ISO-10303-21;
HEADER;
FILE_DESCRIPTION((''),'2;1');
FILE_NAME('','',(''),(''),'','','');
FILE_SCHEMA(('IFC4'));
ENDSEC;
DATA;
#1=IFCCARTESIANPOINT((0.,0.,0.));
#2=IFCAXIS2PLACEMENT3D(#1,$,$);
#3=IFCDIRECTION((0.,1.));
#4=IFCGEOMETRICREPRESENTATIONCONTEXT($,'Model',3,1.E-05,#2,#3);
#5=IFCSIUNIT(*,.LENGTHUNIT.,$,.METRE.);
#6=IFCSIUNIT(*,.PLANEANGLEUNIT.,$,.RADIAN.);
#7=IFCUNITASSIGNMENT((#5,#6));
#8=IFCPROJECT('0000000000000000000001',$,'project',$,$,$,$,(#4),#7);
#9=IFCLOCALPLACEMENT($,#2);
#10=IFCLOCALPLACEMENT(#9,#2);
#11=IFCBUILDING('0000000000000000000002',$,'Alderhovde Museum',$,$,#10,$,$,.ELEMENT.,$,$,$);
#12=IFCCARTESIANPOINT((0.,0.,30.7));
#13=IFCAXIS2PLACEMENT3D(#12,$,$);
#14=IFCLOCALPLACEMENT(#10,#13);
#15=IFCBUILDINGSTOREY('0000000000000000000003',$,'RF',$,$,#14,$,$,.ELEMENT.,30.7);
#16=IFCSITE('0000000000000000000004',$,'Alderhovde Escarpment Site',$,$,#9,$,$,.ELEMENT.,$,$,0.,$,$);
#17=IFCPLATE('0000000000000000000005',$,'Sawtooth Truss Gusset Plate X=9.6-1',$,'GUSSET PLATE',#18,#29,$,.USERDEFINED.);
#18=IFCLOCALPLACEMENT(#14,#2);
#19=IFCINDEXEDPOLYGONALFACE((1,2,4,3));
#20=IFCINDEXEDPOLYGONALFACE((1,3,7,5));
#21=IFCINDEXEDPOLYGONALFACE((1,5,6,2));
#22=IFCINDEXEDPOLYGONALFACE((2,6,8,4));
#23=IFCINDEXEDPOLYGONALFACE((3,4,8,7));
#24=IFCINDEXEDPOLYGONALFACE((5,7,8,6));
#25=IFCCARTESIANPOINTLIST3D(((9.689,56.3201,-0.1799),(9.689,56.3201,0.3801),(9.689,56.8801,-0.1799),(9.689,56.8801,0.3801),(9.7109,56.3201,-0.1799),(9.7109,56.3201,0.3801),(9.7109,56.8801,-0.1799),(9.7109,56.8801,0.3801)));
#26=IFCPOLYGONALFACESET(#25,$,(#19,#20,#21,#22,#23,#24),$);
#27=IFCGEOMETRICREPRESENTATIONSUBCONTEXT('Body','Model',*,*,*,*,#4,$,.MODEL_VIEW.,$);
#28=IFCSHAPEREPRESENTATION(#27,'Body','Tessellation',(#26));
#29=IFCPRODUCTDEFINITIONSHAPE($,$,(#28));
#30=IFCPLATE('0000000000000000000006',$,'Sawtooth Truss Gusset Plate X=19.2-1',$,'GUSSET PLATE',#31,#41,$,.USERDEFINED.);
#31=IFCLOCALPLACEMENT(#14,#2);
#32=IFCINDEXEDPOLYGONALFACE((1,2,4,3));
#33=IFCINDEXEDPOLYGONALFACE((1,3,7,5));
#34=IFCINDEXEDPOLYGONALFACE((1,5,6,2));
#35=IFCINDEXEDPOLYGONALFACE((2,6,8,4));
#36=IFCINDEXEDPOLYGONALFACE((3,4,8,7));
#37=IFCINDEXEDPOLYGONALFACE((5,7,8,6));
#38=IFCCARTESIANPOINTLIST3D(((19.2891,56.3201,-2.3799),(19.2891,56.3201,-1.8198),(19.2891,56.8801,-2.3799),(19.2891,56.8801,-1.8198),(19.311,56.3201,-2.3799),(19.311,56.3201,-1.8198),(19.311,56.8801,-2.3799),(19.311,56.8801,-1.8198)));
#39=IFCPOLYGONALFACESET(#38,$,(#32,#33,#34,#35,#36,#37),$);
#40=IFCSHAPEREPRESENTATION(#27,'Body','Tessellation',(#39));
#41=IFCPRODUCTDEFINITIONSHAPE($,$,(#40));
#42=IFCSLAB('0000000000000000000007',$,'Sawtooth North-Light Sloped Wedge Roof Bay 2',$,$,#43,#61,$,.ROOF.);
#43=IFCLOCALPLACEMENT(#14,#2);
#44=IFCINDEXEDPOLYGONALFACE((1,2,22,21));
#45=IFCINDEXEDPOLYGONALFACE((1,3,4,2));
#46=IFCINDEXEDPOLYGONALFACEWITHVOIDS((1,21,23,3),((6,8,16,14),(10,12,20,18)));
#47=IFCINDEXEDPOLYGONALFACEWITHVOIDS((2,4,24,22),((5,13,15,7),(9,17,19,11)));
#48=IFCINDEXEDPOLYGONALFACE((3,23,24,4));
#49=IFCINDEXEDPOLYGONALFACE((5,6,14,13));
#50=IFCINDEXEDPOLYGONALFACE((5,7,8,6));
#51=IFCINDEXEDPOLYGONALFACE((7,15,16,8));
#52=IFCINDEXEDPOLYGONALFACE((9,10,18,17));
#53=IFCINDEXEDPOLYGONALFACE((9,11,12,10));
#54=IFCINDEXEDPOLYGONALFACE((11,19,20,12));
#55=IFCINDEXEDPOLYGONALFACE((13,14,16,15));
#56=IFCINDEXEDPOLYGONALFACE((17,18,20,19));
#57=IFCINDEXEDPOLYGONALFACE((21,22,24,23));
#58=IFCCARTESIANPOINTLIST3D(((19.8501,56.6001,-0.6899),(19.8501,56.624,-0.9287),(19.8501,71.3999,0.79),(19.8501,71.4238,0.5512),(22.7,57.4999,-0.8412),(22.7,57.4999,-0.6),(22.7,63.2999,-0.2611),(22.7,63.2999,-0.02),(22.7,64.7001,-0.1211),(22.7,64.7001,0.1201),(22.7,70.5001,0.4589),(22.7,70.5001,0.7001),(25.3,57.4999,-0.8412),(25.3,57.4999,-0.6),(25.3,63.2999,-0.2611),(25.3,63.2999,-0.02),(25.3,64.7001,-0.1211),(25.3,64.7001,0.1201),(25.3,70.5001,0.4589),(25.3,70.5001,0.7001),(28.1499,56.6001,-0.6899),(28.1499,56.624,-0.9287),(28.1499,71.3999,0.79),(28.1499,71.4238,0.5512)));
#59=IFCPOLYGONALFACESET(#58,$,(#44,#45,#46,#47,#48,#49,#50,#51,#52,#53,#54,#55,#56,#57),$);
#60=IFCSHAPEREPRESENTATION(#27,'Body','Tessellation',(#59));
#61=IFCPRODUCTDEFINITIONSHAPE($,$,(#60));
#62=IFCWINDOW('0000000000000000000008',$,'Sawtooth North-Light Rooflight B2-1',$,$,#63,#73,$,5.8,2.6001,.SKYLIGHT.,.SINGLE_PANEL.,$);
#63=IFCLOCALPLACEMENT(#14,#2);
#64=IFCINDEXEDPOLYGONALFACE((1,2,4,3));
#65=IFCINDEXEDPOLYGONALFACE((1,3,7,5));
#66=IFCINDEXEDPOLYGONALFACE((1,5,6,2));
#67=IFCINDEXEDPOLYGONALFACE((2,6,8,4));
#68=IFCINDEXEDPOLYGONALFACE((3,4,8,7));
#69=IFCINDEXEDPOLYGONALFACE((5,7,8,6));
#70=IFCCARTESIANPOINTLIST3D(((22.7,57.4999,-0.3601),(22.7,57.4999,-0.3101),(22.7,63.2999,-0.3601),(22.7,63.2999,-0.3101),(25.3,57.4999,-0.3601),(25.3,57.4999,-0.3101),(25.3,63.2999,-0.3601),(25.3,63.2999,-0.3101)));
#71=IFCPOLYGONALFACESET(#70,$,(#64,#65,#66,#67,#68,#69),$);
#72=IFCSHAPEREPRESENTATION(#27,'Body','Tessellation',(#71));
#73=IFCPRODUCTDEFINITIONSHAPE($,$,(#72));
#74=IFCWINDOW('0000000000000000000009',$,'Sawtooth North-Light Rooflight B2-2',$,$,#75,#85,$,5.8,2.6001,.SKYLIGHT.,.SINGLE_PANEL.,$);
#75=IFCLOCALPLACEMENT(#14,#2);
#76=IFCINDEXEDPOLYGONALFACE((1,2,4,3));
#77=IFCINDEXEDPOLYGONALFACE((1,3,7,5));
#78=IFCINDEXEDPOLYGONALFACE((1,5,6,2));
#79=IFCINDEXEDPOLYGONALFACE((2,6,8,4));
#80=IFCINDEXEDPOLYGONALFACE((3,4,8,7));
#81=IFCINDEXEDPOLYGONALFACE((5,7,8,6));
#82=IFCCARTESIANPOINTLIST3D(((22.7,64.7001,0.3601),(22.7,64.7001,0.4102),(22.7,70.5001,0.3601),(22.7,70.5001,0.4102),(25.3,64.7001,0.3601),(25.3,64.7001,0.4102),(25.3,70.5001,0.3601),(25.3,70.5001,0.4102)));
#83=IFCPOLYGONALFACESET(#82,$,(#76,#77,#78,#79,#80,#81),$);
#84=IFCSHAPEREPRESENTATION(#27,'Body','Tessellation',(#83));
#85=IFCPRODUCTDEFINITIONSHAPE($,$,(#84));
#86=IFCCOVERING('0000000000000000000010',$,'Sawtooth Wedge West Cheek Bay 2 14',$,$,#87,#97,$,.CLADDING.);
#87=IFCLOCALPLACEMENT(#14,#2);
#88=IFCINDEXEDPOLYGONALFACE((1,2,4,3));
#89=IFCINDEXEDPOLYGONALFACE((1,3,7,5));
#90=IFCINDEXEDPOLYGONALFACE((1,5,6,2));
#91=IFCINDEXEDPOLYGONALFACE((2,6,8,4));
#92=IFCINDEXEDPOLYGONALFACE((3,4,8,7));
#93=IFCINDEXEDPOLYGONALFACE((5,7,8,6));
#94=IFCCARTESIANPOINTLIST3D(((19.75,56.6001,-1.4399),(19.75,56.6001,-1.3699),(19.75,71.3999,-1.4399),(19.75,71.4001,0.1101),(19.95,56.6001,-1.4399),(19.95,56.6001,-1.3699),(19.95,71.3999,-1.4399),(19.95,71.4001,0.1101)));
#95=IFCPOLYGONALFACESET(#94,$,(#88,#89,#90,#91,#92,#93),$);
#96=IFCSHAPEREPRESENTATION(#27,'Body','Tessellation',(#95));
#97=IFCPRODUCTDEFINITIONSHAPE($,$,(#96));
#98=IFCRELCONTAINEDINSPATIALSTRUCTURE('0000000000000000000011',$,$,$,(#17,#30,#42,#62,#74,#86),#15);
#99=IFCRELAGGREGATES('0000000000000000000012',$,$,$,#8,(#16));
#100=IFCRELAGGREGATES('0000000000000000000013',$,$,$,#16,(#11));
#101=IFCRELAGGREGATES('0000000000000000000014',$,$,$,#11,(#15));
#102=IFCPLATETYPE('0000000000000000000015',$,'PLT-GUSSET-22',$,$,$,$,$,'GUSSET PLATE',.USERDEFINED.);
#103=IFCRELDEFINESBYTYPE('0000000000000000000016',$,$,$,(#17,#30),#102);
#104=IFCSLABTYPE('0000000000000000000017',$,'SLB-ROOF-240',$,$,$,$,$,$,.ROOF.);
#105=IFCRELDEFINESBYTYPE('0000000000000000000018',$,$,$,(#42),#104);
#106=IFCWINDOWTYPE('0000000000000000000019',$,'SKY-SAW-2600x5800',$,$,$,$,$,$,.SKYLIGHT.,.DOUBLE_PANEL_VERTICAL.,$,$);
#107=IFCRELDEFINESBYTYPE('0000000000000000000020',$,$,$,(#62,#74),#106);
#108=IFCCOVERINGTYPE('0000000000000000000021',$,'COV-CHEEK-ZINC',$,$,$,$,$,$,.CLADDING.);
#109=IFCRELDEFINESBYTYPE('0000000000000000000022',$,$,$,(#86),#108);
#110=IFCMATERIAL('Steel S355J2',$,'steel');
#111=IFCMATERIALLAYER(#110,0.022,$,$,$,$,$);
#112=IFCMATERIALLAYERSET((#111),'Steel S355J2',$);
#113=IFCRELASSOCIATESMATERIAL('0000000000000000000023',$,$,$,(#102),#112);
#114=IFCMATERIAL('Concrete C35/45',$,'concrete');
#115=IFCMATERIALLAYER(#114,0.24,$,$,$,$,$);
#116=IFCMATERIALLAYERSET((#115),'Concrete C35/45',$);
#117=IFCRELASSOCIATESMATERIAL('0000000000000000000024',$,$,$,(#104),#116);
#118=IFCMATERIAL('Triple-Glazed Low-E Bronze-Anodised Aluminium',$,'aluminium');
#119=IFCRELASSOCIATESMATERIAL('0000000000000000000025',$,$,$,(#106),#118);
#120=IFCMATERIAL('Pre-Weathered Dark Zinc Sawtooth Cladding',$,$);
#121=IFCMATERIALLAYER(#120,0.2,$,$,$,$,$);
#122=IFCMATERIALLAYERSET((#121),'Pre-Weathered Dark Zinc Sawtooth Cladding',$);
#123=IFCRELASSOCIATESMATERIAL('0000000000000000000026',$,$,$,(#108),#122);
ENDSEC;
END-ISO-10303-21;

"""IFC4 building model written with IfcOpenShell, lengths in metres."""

from ifc_helpers import new_model, si_unit, direction, frame, origin, origin_2d, place, context, subcontext, project, spatial, polyline, rectangle, outline, extrude, material, layer, layer_set, type_object, element, fill, save


model = new_model("IFC4")

# Units and contexts
model_context = context("Model", 3, precision=1e-05, world=origin(), true_north=direction((0.0, 1.0)))
body_context = subcontext(model_context, "Body", "Model", "MODEL_VIEW")
ifc_project = project(units=[si_unit("LENGTHUNIT", "METRE"), si_unit("PLANEANGLEUNIT", "RADIAN")], contexts=[model_context])

# Site, building, storey
site_placement = place(None, origin())
site = spatial("IfcSite", under=ifc_project, at=site_placement, Name="Alderhovde Escarpment Site", CompositionType="ELEMENT", RefElevation=0.0)
building_placement = place(site_placement, origin())
building = spatial("IfcBuilding", under=site, at=building_placement, Name="Alderhovde Museum", CompositionType="ELEMENT")
storey_placement = place(building_placement, frame((0.0, 0.0, 30.7)))
storey = spatial("IfcBuildingStorey", under=building, at=storey_placement, Name="RF", CompositionType="ELEMENT", Elevation=30.7)

# Plates
ifc_material_1 = material(Name="Steel S355J2", Category="steel")
ifc_layer_1 = layer(ifc_material_1, 0.022)
ifc_layer_set_1 = layer_set([ifc_layer_1], Name="Steel S355J2")
plate_type = type_object("IfcPlateType", Name="PLT-GUSSET-22", ElementType="GUSSET PLATE", PredefinedType="USERDEFINED", material=ifc_layer_set_1)
for number, where, z_axis, x_axis, name in (
    (1, (9.7, 56.6001, -0.1799), (0.0, 0.0, 1.0), (1.0, 0.0, 0.0), "Sawtooth Truss Gusset Plate X=9.6-1"),
    (2, (19.3, 56.6001, -2.3799), (0.0, 0.0, 1.0), (1.0, 0.0, 0.0), "Sawtooth Truss Gusset Plate X=19.2-1"),
):
    element("IfcPlate", number, at=place(storey_placement, frame(where, z_axis=z_axis, x_axis=x_axis)), inside=storey, type_object=plate_type, Name=name, ObjectType="GUSSET PLATE", PredefinedType="USERDEFINED", context=body_context, shape_type="SweptSolid", body=[
        extrude(rectangle(XDim=0.022, YDim=0.5601, at=origin_2d()), origin(), (0.0, 0.0, 1.0), 0.5601),
    ])

# Slab, openings, windows
ifc_material_2 = material(Name="Concrete C35/45", Category="concrete")
ifc_layer_2 = layer(ifc_material_2, 0.24)
ifc_layer_set_2 = layer_set([ifc_layer_2], Name="Concrete C35/45")
slab_type = type_object("IfcSlabType", Name="SLB-ROOF-240", PredefinedType="ROOF", material=ifc_layer_set_2)
slab_placement = place(storey_placement, frame((19.8501, 56.6001, -0.6899), z_axis=(0.0, -0.099504, 0.995037), x_axis=(1.0, 0.0, 0.0)))
slab = element("IfcSlab", 3, at=slab_placement, inside=storey, type_object=slab_type, Name="Sawtooth North-Light Sloped Wedge Roof Bay 2", PredefinedType="ROOF", context=body_context, shape_type="SweptSolid", body=[
    extrude(outline(polyline([(0.0, 0.0), (8.2998, 0.0), (8.2998, 14.8736), (0.0, 14.8736), (0.0, 0.0)])), origin(), (0.0, 0.0, -1.0), 0.24),
])
opening_1_placement = place(storey_placement, frame((24.0, 60.3999, -2.05)))
opening_1 = element("IfcOpeningElement", 4, at=opening_1_placement, cuts=slab, PredefinedType="OPENING", context=body_context, shape_type="SweptSolid", body=[
    extrude(rectangle(XDim=2.6001, YDim=5.8, at=origin_2d()), origin(), (0.0, 0.0, 1.0), 3.24),
])
opening_2_placement = place(storey_placement, frame((24.0, 67.6001, -1.3298)))
opening_2 = element("IfcOpeningElement", 5, at=opening_2_placement, cuts=slab, PredefinedType="OPENING", context=body_context, shape_type="SweptSolid", body=[
    extrude(rectangle(XDim=2.6001, YDim=5.8, at=origin_2d()), origin(), (0.0, 0.0, 1.0), 3.24),
])
ifc_material_3 = material(Name="Triple-Glazed Low-E Bronze-Anodised Aluminium", Category="aluminium")
window_type = type_object("IfcWindowType", Name="SKY-SAW-2600x5800", PartitioningType="DOUBLE_PANEL_VERTICAL", PredefinedType="SKYLIGHT", material=ifc_material_3)
window_1_placement = place(opening_1_placement, frame((0.0, 0.0, 1.6899)))
window_1 = element("IfcWindow", 6, at=window_1_placement, inside=storey, type_object=window_type, Name="Sawtooth North-Light Rooflight B2-1", OverallHeight=5.8, OverallWidth=2.6001, PartitioningType="SINGLE_PANEL", PredefinedType="SKYLIGHT", context=body_context, shape_type="SweptSolid", body=[
    extrude(rectangle(XDim=2.6001, YDim=5.8, at=origin_2d()), origin(), (0.0, 0.0, 1.0), 0.05),
])
fill(opening_1, window_1)
window_2_placement = place(opening_2_placement, frame((0.0, 0.0, 1.6899)))
window_2 = element("IfcWindow", 7, at=window_2_placement, inside=storey, type_object=window_type, Name="Sawtooth North-Light Rooflight B2-2", OverallHeight=5.8, OverallWidth=2.6001, PartitioningType="SINGLE_PANEL", PredefinedType="SKYLIGHT", context=body_context, shape_type="SweptSolid", body=[
    extrude(rectangle(XDim=2.6001, YDim=5.8, at=origin_2d()), origin(), (0.0, 0.0, 1.0), 0.05),
])
fill(opening_2, window_2)

# Covering
ifc_material_4 = material(Name="Pre-Weathered Dark Zinc Sawtooth Cladding")
ifc_layer_3 = layer(ifc_material_4, 0.2)
ifc_layer_set_3 = layer_set([ifc_layer_3], Name="Pre-Weathered Dark Zinc Sawtooth Cladding")
covering_type = type_object("IfcCoveringType", Name="COV-CHEEK-ZINC", PredefinedType="CLADDING", material=ifc_layer_set_3)
covering_placement = place(storey_placement, frame((19.8501, 56.6001, -1.4399), z_axis=(0.0, 0.0, 1.0), x_axis=(0.0, 1.0, 0.0)))
element("IfcCovering", 8, at=covering_placement, inside=storey, type_object=covering_type, Name="Sawtooth Wedge West Cheek Bay 2 14", PredefinedType="CLADDING", context=body_context, shape_type="SweptSolid", body=[
    extrude(outline(polyline([(0.0, 0.0), (14.7998, 0.0), (14.8, 1.55), (0.0, 0.0701), (0.0, 0.0)])), frame((0.0, 0.1001, 0.0), z_axis=(0.0, -1.0, 0.0), x_axis=(1.0, 0.0, 0.0)), (0.0, 0.0, 1.0), 0.2),
])

save(model, "model.ifc")
